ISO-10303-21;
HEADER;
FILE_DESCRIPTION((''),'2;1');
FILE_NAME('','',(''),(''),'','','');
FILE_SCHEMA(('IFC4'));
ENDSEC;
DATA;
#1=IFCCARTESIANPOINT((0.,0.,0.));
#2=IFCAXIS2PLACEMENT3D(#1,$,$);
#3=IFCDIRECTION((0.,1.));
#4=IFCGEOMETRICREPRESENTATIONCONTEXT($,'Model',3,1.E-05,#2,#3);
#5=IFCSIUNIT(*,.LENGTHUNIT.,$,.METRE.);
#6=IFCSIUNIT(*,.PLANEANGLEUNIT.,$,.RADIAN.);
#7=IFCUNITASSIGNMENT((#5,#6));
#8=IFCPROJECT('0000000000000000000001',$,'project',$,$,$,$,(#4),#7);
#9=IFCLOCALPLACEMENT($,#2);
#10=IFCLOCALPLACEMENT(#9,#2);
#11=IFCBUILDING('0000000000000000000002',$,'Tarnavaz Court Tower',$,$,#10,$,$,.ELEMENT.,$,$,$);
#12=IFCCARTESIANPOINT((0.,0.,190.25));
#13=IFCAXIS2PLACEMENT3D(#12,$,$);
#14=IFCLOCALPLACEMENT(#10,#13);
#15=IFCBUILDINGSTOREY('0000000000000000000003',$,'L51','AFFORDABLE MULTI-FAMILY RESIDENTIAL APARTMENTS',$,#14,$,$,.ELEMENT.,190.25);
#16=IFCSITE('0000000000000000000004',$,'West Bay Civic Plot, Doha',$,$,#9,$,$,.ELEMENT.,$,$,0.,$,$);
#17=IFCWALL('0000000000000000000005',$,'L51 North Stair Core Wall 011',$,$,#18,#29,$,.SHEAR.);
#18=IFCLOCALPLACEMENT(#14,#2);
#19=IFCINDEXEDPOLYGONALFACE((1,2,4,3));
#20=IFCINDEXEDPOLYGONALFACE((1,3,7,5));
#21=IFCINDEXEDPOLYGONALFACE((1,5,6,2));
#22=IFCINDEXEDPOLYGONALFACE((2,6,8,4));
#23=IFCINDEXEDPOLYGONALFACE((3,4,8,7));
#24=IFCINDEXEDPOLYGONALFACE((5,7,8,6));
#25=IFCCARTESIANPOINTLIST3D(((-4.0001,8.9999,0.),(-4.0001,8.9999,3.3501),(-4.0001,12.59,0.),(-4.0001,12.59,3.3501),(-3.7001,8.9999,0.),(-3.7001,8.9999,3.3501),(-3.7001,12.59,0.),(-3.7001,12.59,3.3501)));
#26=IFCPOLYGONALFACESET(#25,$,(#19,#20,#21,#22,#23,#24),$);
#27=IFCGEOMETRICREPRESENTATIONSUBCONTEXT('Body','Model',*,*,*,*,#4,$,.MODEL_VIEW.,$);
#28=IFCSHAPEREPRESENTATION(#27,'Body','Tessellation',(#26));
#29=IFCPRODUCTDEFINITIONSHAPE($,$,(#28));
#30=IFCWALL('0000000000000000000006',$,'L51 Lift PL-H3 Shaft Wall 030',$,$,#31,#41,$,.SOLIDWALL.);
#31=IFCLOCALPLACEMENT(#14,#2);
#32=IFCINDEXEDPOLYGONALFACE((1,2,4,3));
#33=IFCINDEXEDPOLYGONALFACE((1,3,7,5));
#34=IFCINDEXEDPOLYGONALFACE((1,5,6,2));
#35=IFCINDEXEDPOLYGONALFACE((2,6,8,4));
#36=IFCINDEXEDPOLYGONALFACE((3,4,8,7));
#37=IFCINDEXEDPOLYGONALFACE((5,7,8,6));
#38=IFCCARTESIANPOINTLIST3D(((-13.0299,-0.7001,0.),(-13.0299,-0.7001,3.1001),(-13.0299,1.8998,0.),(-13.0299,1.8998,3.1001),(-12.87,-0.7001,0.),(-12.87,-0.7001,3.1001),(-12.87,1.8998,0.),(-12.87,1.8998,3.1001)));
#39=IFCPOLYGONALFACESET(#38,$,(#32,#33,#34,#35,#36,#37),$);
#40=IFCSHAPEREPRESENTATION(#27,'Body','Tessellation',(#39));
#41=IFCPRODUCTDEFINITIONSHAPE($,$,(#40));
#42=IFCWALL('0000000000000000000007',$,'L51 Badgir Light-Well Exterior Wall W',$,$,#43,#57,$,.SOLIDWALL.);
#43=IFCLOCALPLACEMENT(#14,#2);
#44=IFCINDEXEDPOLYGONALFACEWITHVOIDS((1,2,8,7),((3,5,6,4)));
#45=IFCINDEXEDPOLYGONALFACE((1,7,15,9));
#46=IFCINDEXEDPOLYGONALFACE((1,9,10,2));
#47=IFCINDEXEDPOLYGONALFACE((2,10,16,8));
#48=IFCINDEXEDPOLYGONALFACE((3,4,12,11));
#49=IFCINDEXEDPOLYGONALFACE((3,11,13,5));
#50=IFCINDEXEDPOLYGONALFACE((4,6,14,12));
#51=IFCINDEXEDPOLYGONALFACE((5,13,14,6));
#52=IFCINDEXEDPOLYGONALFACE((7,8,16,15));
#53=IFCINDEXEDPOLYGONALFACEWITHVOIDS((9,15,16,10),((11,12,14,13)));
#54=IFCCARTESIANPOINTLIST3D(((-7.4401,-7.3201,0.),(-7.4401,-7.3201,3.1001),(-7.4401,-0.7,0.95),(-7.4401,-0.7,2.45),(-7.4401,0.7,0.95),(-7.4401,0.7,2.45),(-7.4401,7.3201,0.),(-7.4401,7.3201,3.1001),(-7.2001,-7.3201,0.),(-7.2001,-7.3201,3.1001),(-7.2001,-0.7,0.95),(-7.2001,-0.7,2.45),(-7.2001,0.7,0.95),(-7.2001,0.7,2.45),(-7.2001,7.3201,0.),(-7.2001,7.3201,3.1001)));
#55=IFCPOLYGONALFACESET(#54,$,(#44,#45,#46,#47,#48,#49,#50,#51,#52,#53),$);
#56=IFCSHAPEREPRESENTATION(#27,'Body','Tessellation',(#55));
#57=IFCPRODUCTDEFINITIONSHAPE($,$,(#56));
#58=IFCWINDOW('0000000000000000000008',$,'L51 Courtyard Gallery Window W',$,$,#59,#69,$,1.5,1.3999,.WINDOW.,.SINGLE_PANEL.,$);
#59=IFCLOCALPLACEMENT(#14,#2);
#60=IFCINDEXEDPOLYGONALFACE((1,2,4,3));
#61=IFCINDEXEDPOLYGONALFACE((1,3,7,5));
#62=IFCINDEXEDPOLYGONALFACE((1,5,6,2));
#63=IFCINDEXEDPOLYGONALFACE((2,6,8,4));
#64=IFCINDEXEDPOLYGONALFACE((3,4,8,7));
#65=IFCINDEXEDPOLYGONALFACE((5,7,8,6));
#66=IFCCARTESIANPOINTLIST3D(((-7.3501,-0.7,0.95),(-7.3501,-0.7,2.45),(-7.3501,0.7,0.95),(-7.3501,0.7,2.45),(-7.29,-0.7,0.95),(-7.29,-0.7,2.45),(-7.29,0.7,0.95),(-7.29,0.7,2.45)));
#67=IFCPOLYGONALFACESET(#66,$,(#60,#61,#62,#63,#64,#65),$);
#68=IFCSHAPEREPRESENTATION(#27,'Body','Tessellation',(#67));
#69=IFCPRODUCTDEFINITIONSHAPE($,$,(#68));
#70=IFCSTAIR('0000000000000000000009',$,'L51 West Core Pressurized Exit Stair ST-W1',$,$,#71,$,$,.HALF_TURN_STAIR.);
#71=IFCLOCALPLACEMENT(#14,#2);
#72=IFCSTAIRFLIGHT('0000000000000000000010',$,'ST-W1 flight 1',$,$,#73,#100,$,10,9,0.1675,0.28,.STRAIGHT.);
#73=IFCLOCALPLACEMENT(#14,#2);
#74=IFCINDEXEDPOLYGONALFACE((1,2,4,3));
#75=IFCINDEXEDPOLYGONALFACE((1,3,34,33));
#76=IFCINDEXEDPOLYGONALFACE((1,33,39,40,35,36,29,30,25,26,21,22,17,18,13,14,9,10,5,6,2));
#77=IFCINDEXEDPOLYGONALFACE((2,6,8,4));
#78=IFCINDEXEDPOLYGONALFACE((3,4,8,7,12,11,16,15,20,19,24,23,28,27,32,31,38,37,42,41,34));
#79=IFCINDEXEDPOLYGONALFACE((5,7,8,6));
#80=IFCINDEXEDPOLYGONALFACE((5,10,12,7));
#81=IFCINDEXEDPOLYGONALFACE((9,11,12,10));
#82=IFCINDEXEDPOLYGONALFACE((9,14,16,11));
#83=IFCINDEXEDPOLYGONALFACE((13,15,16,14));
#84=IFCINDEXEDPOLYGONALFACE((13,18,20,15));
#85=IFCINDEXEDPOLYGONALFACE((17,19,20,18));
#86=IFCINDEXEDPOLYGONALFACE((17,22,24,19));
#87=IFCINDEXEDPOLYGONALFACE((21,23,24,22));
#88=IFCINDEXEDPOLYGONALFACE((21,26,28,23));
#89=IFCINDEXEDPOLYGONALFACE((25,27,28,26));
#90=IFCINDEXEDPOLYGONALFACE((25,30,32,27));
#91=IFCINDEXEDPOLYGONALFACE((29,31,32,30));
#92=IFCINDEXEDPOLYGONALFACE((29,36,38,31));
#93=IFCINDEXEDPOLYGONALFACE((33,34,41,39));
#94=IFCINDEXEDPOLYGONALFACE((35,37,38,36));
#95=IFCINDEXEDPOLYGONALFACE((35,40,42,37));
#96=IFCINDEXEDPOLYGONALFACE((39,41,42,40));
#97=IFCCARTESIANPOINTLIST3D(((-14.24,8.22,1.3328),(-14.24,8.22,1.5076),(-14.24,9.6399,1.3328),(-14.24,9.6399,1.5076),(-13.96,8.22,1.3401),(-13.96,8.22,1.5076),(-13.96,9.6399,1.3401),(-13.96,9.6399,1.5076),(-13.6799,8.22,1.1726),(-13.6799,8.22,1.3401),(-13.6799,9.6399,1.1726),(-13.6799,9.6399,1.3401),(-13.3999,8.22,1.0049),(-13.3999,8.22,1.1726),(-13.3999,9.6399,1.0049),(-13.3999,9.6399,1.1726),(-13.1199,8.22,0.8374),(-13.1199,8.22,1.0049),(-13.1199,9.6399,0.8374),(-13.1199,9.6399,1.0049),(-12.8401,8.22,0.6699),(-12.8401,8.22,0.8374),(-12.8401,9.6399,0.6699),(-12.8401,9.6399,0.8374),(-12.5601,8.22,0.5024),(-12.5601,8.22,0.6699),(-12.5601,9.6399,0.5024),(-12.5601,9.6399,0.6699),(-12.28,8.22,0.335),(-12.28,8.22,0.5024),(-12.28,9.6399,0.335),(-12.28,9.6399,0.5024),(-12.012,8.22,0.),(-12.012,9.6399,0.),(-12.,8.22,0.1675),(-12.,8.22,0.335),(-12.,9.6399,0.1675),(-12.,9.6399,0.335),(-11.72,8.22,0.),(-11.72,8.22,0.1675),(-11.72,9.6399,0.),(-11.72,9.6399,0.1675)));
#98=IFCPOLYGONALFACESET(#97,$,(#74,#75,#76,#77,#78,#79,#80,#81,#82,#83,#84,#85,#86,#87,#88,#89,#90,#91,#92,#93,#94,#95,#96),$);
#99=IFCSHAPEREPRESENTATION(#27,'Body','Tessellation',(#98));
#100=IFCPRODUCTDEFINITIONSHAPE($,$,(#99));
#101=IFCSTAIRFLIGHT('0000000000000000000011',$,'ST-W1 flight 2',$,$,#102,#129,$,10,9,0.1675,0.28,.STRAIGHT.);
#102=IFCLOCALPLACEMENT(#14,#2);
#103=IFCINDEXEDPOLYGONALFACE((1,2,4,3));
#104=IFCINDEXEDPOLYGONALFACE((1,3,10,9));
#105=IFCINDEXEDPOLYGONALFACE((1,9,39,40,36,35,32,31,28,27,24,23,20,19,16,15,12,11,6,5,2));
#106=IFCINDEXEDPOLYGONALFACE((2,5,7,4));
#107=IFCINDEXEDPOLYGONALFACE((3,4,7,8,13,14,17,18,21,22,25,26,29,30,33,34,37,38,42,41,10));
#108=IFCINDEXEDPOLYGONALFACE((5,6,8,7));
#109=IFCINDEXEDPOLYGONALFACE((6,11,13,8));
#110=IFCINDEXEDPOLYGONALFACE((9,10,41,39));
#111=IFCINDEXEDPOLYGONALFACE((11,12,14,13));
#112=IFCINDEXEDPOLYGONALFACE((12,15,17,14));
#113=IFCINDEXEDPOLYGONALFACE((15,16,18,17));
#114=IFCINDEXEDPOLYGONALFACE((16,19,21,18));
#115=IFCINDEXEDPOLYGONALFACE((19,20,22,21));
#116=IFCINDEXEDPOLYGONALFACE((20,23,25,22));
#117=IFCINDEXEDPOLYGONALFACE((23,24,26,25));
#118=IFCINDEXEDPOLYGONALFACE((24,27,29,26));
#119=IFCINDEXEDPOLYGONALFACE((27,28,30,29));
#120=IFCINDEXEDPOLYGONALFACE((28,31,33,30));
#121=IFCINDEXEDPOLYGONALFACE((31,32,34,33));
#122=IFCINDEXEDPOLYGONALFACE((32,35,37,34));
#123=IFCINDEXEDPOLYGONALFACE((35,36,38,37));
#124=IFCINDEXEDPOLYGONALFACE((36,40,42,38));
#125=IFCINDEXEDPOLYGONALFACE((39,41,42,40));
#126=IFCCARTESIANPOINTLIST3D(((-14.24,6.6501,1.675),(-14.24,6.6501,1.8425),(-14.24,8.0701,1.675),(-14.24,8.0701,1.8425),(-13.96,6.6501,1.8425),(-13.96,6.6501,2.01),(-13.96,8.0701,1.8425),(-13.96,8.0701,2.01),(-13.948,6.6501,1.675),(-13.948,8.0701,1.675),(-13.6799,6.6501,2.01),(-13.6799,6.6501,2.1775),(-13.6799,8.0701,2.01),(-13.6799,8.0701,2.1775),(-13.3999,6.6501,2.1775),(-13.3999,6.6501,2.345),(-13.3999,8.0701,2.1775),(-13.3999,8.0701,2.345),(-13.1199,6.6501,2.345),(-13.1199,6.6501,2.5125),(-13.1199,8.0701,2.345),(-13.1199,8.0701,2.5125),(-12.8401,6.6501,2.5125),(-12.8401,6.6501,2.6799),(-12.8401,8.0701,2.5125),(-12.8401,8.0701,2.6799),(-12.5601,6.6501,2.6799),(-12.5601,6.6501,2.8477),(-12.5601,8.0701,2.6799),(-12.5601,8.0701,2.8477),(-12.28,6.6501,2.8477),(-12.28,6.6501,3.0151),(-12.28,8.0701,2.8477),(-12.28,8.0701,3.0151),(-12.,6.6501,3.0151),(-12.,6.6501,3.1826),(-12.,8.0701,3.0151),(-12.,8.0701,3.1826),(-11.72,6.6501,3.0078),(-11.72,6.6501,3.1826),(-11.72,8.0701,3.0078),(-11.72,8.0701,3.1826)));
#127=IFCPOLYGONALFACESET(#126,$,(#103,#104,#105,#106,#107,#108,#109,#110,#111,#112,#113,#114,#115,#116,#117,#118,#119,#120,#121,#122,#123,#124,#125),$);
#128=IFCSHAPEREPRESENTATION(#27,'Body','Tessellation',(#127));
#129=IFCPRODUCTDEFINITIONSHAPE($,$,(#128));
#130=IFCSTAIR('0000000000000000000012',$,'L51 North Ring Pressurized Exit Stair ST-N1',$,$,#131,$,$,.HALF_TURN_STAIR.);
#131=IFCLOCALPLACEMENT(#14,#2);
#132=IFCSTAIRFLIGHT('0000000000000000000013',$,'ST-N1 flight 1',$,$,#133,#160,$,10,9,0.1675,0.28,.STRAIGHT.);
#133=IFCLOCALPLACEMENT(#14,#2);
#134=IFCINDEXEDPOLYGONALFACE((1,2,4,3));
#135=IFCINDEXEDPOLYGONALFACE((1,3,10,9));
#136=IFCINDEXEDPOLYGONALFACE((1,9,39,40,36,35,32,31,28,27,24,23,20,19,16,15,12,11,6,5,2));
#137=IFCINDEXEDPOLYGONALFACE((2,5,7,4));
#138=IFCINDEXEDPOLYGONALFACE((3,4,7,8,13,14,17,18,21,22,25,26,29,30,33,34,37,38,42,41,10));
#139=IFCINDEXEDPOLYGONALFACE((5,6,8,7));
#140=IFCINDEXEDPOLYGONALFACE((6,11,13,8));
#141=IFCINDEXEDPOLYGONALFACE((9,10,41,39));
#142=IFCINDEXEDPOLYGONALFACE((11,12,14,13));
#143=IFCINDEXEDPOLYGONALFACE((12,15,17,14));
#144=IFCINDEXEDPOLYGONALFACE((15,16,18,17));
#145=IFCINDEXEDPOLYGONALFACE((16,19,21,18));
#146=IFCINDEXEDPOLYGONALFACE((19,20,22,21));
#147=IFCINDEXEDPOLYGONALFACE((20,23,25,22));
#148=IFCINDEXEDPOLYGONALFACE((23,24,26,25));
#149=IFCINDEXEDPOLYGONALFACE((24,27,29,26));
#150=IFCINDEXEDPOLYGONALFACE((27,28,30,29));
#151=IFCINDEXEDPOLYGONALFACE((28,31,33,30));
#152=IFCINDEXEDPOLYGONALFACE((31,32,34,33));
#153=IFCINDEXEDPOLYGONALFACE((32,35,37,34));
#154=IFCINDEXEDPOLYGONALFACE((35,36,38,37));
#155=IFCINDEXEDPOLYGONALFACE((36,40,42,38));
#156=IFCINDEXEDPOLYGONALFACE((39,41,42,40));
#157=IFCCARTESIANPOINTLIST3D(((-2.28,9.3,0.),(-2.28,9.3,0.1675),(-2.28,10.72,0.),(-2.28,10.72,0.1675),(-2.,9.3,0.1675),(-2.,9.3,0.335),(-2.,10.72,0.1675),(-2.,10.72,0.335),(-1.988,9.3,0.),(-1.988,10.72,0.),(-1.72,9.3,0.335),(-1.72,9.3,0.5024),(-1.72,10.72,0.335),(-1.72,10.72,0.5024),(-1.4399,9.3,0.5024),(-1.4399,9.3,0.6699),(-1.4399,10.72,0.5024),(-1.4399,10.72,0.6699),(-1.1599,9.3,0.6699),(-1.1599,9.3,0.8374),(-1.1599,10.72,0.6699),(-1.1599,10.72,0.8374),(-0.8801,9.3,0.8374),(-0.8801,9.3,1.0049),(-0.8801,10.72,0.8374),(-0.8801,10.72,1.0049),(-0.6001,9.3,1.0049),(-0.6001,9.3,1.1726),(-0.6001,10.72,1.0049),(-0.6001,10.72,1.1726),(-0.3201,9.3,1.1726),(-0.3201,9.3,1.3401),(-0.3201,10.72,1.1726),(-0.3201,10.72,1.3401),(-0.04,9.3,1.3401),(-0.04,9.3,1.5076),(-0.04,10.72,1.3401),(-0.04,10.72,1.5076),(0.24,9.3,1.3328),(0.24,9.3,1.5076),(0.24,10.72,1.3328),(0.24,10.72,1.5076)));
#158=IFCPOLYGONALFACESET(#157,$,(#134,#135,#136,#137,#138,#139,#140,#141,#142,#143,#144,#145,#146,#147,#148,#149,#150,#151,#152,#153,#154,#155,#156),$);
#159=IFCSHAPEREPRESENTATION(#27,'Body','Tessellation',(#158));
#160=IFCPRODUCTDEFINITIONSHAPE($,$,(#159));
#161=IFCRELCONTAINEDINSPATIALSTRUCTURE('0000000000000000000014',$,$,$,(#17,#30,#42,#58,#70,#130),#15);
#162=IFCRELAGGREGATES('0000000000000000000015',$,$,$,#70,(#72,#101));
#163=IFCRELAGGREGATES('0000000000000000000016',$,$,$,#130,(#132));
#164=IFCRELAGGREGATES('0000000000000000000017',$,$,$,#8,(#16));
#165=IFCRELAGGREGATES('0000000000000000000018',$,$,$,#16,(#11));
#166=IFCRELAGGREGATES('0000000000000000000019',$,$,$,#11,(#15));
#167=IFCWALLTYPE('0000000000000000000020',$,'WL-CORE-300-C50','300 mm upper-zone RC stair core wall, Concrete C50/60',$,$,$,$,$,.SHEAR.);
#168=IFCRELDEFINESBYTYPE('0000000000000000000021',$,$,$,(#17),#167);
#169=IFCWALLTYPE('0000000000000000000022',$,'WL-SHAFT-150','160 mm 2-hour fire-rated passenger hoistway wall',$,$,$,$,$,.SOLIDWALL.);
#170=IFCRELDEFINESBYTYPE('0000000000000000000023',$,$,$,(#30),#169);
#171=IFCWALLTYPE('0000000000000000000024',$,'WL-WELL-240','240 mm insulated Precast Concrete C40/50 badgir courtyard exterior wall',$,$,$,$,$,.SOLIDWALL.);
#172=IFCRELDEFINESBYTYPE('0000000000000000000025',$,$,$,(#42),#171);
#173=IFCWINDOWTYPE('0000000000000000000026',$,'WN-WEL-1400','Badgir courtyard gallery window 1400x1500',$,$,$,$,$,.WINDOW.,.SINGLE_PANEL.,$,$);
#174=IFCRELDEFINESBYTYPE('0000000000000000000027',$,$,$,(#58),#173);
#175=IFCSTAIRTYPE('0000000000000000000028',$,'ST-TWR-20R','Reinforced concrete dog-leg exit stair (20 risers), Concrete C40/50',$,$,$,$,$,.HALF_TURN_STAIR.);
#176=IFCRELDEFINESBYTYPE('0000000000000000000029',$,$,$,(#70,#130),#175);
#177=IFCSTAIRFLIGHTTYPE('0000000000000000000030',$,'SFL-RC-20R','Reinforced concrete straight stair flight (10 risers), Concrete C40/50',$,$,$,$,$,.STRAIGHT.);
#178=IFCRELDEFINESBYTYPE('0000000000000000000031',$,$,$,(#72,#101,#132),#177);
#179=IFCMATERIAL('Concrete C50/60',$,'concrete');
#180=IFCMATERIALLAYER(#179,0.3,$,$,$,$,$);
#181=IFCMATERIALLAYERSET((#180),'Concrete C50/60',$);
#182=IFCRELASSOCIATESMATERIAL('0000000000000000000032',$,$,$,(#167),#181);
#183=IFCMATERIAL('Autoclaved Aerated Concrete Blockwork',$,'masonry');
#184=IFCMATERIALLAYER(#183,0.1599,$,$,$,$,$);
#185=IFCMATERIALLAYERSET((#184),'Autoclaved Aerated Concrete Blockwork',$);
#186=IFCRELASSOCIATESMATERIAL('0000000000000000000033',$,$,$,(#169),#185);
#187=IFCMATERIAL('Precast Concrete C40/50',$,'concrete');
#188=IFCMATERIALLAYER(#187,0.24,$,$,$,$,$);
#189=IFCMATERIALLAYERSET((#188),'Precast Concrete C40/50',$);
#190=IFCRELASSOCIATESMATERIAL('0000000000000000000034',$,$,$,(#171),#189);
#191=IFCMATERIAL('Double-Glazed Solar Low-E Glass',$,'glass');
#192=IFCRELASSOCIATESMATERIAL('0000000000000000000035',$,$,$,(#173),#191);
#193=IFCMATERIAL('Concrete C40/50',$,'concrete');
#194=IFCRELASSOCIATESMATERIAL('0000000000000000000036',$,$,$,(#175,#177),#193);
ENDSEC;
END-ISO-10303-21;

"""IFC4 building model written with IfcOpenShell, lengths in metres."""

from ifc_helpers import new_model, si_unit, direction, frame, frame_2d, origin, place, context, subcontext, project, spatial, polyline, rectangle, outline, extrude, material, layer, layer_set, type_object, element, fill, aggregate, save


model = new_model("IFC4")

# Units and contexts
model_context = context("Model", 3, precision=1e-05, world=origin(), true_north=direction((0.0, 1.0)))
body_context = subcontext(model_context, "Body", "Model", "MODEL_VIEW")
ifc_project = project(units=[si_unit("LENGTHUNIT", "METRE"), si_unit("PLANEANGLEUNIT", "RADIAN")], contexts=[model_context])

# Site, building, storey
site_placement = place(None, origin())
site = spatial("IfcSite", under=ifc_project, at=site_placement, Name="West Bay Civic Plot, Doha", CompositionType="ELEMENT", RefElevation=0.0)
building_placement = place(site_placement, origin())
building = spatial("IfcBuilding", under=site, at=building_placement, Name="Tarnavaz Court Tower", CompositionType="ELEMENT")
storey_placement = place(building_placement, frame((0.0, 0.0, 190.25)))
storey = spatial("IfcBuildingStorey", under=building, at=storey_placement, Name="L51", Description="AFFORDABLE MULTI-FAMILY RESIDENTIAL APARTMENTS", CompositionType="ELEMENT", Elevation=190.25)

# Shared definitions
ifc_material_1 = material(Name="Concrete C50/60", Category="concrete")

# Shared definitions
ifc_layer_1 = layer(ifc_material_1, 0.3)
ifc_layer_set_1 = layer_set([ifc_layer_1], Name="Concrete C50/60")
wall_type_1 = type_object("IfcWallType", Name="WL-CORE-300-C50", Description="300 mm upper-zone RC stair core wall, Concrete C50/60", PredefinedType="SHEAR", material=ifc_layer_set_1)

# Wall
wall_1_placement = place(storey_placement, frame((-3.8501, 9.0, 0.0), z_axis=(0.0, 0.0, 1.0), x_axis=(0.0, 1.0, 0.0)))
element("IfcWall", 1, at=wall_1_placement, inside=storey, type_object=wall_type_1, Name="L51 North Stair Core Wall 011", PredefinedType="SHEAR", context=body_context, shape_type="SweptSolid", body=[
    extrude(rectangle(XDim=3.5901, YDim=0.3, at=frame_2d((1.7949, 0.0))), origin(), (0.0, 0.0, 1.0), 3.3501),
])

# Shared definitions
ifc_material_2 = material(Name="Autoclaved Aerated Concrete Blockwork", Category="masonry")

# Wall
ifc_layer_2 = layer(ifc_material_2, 0.1599)
ifc_layer_set_2 = layer_set([ifc_layer_2], Name="Autoclaved Aerated Concrete Blockwork")
wall_type_2 = type_object("IfcWallType", Name="WL-SHAFT-150", Description="160 mm 2-hour fire-rated passenger hoistway wall", PredefinedType="SOLIDWALL", material=ifc_layer_set_2)
wall_2_placement = place(storey_placement, frame((-12.95, -0.7, 0.0), z_axis=(0.0, 0.0, 1.0), x_axis=(0.0, 1.0, 0.0)))
element("IfcWall", 2, at=wall_2_placement, inside=storey, type_object=wall_type_2, Name="L51 Lift PL-H3 Shaft Wall 030", PredefinedType="SOLIDWALL", context=body_context, shape_type="SweptSolid", body=[
    extrude(rectangle(XDim=2.5999, YDim=0.1599, at=frame_2d((1.2998, 0.0))), origin(), (0.0, 0.0, 1.0), 3.1001),
])

# Wall, opening, window
ifc_material_3 = material(Name="Precast Concrete C40/50", Category="concrete")
ifc_layer_3 = layer(ifc_material_3, 0.24)
ifc_layer_set_3 = layer_set([ifc_layer_3], Name="Precast Concrete C40/50")
wall_type_3 = type_object("IfcWallType", Name="WL-WELL-240", Description="240 mm insulated Precast Concrete C40/50 badgir courtyard exterior wall", PredefinedType="SOLIDWALL", material=ifc_layer_set_3)
wall_3_placement = place(storey_placement, frame((-7.3201, 7.3201, 0.0), z_axis=(0.0, 0.0, 1.0), x_axis=(0.0, -1.0, 0.0)))
wall_3 = element("IfcWall", 3, at=wall_3_placement, inside=storey, type_object=wall_type_3, Name="L51 Badgir Light-Well Exterior Wall W", PredefinedType="SOLIDWALL", context=body_context, shape_type="SweptSolid", body=[
    extrude(rectangle(XDim=14.6401, YDim=0.24, at=frame_2d((7.3201, 0.0))), origin(), (0.0, 0.0, 1.0), 3.1001),
])
opening_1_placement = place(wall_3_placement, frame((6.6201, 0.0, 0.95)))
opening_1 = element("IfcOpeningElement", 4, at=opening_1_placement, cuts=wall_3, PredefinedType="OPENING", context=body_context, shape_type="SweptSolid", body=[
    extrude(rectangle(XDim=1.3999, YDim=1.5, at=frame_2d((0.7, 0.75))), frame((0.0, 0.1299, 0.0), z_axis=(0.0, -1.0, 0.0), x_axis=(1.0, 0.0, 0.0)), (0.0, 0.0, 1.0), 0.26),
])
ifc_material_4 = material(Name="Double-Glazed Solar Low-E Glass", Category="glass")
window_type = type_object("IfcWindowType", Name="WN-WEL-1400", Description="Badgir courtyard gallery window 1400x1500", PartitioningType="SINGLE_PANEL", PredefinedType="WINDOW", material=ifc_material_4)
window_placement = place(opening_1_placement, origin())
window = element("IfcWindow", 5, at=window_placement, inside=storey, type_object=window_type, Name="L51 Courtyard Gallery Window W", OverallHeight=1.5, OverallWidth=1.3999, PartitioningType="SINGLE_PANEL", PredefinedType="WINDOW", context=body_context, shape_type="SweptSolid", body=[
    extrude(rectangle(XDim=1.3999, YDim=1.5, at=frame_2d((0.7, 0.75))), frame((0.0, 0.03, 0.0), z_axis=(0.0, -1.0, 0.0), x_axis=(1.0, 0.0, 0.0)), (0.0, 0.0, 1.0), 0.0601),
])
fill(opening_1, window)

# Stair, stair flights
ifc_material_5 = material(Name="Concrete C40/50", Category="concrete")
stair_type = type_object("IfcStairType", Name="ST-TWR-20R", Description="Reinforced concrete dog-leg exit stair (20 risers), Concrete C40/50", PredefinedType="HALF_TURN_STAIR", material=ifc_material_5)
stair_1_placement = place(storey_placement, origin())
stair_1 = element("IfcStair", 6, at=stair_1_placement, inside=storey, type_object=stair_type, Name="L51 West Core Pressurized Exit Stair ST-W1", PredefinedType="HALF_TURN_STAIR")
stair_flight_type = type_object("IfcStairFlightType", Name="SFL-RC-20R", Description="Reinforced concrete straight stair flight (10 risers), Concrete C40/50", PredefinedType="STRAIGHT", material=ifc_material_5)
stair_flight_1_placement = place(storey_placement, frame((-11.72, 8.9299, 0.0), z_axis=(0.0, 0.0, 1.0), x_axis=(-1.0, 0.0, 0.0)))
stair_flight_1 = element("IfcStairFlight", 7, at=stair_flight_1_placement, type_object=stair_flight_type, Name="ST-W1 flight 1", NumberOfRisers=10, NumberOfTreads=9, PredefinedType="STRAIGHT", RiserHeight=0.1675, TreadLength=0.28, context=body_context, shape_type="SweptSolid", body=[
    extrude(outline(polyline([(0.0, 0.0), (0.0, 0.1675), (0.28, 0.1675), (0.28, 0.335), (0.5601, 0.335), (0.5601, 0.5024), (0.8401, 0.5024), (0.8401, 0.6699), (1.1201, 0.6699), (1.1201, 0.8374), (1.3999, 0.8374), (1.3999, 1.0049), (1.6799, 1.0049), (1.6799, 1.1726), (1.96, 1.1726), (1.96, 1.3401), (2.24, 1.3401), (2.24, 1.5076), (2.52, 1.5076), (2.52, 1.675), (2.52, 1.3328), (0.292, 0.0), (0.0, 0.0)])), frame((0.0, 0.71, 0.0), z_axis=(0.0, -1.0, 0.0), x_axis=(1.0, 0.0, 0.0)), (0.0, 0.0, 1.0), 1.4199),
])
stair_flight_2_placement = place(storey_placement, frame((-14.24, 7.3601, 1.675), z_axis=(0.0, 0.0, 1.0), x_axis=(1.0, 0.0, 0.0)))
stair_flight_2 = element("IfcStairFlight", 8, at=stair_flight_2_placement, type_object=stair_flight_type, Name="ST-W1 flight 2", NumberOfRisers=10, NumberOfTreads=9, PredefinedType="STRAIGHT", RiserHeight=0.1675, TreadLength=0.28, context=body_context, shape_type="SweptSolid", body=[
    extrude(outline(polyline([(0.0, 0.0), (0.0, 0.1675), (0.28, 0.1675), (0.28, 0.335), (0.5601, 0.335), (0.5601, 0.5024), (0.8401, 0.5024), (0.8401, 0.6699), (1.1201, 0.6699), (1.1201, 0.8374), (1.3999, 0.8374), (1.3999, 1.0049), (1.6799, 1.0049), (1.6799, 1.1726), (1.96, 1.1726), (1.96, 1.3401), (2.24, 1.3401), (2.24, 1.5076), (2.52, 1.5076), (2.52, 1.675), (2.52, 1.3328), (0.292, 0.0), (0.0, 0.0)])), frame((0.0, 0.71, 0.0), z_axis=(0.0, -1.0, 0.0), x_axis=(1.0, 0.0, 0.0)), (0.0, 0.0, 1.0), 1.4199),
])
aggregate(stair_1, [stair_flight_1, stair_flight_2])

# Stair, stair flight
stair_2_placement = place(storey_placement, origin())
stair_2 = element("IfcStair", 9, at=stair_2_placement, inside=storey, type_object=stair_type, Name="L51 North Ring Pressurized Exit Stair ST-N1", PredefinedType="HALF_TURN_STAIR")
stair_flight_3_placement = place(storey_placement, frame((-2.28, 10.01, 0.0), z_axis=(0.0, 0.0, 1.0), x_axis=(1.0, 0.0, 0.0)))
stair_flight_3 = element("IfcStairFlight", 10, at=stair_flight_3_placement, type_object=stair_flight_type, Name="ST-N1 flight 1", NumberOfRisers=10, NumberOfTreads=9, PredefinedType="STRAIGHT", RiserHeight=0.1675, TreadLength=0.28, context=body_context, shape_type="SweptSolid", body=[
    extrude(outline(polyline([(0.0, 0.0), (0.0, 0.1675), (0.28, 0.1675), (0.28, 0.335), (0.5601, 0.335), (0.5601, 0.5024), (0.8401, 0.5024), (0.8401, 0.6699), (1.1201, 0.6699), (1.1201, 0.8374), (1.3999, 0.8374), (1.3999, 1.0049), (1.6799, 1.0049), (1.6799, 1.1726), (1.96, 1.1726), (1.96, 1.3401), (2.24, 1.3401), (2.24, 1.5076), (2.52, 1.5076), (2.52, 1.675), (2.52, 1.3328), (0.292, 0.0), (0.0, 0.0)])), frame((0.0, 0.71, 0.0), z_axis=(0.0, -1.0, 0.0), x_axis=(1.0, 0.0, 0.0)), (0.0, 0.0, 1.0), 1.4199),
])
aggregate(stair_2, [stair_flight_3])

save(model, "model.ifc")
